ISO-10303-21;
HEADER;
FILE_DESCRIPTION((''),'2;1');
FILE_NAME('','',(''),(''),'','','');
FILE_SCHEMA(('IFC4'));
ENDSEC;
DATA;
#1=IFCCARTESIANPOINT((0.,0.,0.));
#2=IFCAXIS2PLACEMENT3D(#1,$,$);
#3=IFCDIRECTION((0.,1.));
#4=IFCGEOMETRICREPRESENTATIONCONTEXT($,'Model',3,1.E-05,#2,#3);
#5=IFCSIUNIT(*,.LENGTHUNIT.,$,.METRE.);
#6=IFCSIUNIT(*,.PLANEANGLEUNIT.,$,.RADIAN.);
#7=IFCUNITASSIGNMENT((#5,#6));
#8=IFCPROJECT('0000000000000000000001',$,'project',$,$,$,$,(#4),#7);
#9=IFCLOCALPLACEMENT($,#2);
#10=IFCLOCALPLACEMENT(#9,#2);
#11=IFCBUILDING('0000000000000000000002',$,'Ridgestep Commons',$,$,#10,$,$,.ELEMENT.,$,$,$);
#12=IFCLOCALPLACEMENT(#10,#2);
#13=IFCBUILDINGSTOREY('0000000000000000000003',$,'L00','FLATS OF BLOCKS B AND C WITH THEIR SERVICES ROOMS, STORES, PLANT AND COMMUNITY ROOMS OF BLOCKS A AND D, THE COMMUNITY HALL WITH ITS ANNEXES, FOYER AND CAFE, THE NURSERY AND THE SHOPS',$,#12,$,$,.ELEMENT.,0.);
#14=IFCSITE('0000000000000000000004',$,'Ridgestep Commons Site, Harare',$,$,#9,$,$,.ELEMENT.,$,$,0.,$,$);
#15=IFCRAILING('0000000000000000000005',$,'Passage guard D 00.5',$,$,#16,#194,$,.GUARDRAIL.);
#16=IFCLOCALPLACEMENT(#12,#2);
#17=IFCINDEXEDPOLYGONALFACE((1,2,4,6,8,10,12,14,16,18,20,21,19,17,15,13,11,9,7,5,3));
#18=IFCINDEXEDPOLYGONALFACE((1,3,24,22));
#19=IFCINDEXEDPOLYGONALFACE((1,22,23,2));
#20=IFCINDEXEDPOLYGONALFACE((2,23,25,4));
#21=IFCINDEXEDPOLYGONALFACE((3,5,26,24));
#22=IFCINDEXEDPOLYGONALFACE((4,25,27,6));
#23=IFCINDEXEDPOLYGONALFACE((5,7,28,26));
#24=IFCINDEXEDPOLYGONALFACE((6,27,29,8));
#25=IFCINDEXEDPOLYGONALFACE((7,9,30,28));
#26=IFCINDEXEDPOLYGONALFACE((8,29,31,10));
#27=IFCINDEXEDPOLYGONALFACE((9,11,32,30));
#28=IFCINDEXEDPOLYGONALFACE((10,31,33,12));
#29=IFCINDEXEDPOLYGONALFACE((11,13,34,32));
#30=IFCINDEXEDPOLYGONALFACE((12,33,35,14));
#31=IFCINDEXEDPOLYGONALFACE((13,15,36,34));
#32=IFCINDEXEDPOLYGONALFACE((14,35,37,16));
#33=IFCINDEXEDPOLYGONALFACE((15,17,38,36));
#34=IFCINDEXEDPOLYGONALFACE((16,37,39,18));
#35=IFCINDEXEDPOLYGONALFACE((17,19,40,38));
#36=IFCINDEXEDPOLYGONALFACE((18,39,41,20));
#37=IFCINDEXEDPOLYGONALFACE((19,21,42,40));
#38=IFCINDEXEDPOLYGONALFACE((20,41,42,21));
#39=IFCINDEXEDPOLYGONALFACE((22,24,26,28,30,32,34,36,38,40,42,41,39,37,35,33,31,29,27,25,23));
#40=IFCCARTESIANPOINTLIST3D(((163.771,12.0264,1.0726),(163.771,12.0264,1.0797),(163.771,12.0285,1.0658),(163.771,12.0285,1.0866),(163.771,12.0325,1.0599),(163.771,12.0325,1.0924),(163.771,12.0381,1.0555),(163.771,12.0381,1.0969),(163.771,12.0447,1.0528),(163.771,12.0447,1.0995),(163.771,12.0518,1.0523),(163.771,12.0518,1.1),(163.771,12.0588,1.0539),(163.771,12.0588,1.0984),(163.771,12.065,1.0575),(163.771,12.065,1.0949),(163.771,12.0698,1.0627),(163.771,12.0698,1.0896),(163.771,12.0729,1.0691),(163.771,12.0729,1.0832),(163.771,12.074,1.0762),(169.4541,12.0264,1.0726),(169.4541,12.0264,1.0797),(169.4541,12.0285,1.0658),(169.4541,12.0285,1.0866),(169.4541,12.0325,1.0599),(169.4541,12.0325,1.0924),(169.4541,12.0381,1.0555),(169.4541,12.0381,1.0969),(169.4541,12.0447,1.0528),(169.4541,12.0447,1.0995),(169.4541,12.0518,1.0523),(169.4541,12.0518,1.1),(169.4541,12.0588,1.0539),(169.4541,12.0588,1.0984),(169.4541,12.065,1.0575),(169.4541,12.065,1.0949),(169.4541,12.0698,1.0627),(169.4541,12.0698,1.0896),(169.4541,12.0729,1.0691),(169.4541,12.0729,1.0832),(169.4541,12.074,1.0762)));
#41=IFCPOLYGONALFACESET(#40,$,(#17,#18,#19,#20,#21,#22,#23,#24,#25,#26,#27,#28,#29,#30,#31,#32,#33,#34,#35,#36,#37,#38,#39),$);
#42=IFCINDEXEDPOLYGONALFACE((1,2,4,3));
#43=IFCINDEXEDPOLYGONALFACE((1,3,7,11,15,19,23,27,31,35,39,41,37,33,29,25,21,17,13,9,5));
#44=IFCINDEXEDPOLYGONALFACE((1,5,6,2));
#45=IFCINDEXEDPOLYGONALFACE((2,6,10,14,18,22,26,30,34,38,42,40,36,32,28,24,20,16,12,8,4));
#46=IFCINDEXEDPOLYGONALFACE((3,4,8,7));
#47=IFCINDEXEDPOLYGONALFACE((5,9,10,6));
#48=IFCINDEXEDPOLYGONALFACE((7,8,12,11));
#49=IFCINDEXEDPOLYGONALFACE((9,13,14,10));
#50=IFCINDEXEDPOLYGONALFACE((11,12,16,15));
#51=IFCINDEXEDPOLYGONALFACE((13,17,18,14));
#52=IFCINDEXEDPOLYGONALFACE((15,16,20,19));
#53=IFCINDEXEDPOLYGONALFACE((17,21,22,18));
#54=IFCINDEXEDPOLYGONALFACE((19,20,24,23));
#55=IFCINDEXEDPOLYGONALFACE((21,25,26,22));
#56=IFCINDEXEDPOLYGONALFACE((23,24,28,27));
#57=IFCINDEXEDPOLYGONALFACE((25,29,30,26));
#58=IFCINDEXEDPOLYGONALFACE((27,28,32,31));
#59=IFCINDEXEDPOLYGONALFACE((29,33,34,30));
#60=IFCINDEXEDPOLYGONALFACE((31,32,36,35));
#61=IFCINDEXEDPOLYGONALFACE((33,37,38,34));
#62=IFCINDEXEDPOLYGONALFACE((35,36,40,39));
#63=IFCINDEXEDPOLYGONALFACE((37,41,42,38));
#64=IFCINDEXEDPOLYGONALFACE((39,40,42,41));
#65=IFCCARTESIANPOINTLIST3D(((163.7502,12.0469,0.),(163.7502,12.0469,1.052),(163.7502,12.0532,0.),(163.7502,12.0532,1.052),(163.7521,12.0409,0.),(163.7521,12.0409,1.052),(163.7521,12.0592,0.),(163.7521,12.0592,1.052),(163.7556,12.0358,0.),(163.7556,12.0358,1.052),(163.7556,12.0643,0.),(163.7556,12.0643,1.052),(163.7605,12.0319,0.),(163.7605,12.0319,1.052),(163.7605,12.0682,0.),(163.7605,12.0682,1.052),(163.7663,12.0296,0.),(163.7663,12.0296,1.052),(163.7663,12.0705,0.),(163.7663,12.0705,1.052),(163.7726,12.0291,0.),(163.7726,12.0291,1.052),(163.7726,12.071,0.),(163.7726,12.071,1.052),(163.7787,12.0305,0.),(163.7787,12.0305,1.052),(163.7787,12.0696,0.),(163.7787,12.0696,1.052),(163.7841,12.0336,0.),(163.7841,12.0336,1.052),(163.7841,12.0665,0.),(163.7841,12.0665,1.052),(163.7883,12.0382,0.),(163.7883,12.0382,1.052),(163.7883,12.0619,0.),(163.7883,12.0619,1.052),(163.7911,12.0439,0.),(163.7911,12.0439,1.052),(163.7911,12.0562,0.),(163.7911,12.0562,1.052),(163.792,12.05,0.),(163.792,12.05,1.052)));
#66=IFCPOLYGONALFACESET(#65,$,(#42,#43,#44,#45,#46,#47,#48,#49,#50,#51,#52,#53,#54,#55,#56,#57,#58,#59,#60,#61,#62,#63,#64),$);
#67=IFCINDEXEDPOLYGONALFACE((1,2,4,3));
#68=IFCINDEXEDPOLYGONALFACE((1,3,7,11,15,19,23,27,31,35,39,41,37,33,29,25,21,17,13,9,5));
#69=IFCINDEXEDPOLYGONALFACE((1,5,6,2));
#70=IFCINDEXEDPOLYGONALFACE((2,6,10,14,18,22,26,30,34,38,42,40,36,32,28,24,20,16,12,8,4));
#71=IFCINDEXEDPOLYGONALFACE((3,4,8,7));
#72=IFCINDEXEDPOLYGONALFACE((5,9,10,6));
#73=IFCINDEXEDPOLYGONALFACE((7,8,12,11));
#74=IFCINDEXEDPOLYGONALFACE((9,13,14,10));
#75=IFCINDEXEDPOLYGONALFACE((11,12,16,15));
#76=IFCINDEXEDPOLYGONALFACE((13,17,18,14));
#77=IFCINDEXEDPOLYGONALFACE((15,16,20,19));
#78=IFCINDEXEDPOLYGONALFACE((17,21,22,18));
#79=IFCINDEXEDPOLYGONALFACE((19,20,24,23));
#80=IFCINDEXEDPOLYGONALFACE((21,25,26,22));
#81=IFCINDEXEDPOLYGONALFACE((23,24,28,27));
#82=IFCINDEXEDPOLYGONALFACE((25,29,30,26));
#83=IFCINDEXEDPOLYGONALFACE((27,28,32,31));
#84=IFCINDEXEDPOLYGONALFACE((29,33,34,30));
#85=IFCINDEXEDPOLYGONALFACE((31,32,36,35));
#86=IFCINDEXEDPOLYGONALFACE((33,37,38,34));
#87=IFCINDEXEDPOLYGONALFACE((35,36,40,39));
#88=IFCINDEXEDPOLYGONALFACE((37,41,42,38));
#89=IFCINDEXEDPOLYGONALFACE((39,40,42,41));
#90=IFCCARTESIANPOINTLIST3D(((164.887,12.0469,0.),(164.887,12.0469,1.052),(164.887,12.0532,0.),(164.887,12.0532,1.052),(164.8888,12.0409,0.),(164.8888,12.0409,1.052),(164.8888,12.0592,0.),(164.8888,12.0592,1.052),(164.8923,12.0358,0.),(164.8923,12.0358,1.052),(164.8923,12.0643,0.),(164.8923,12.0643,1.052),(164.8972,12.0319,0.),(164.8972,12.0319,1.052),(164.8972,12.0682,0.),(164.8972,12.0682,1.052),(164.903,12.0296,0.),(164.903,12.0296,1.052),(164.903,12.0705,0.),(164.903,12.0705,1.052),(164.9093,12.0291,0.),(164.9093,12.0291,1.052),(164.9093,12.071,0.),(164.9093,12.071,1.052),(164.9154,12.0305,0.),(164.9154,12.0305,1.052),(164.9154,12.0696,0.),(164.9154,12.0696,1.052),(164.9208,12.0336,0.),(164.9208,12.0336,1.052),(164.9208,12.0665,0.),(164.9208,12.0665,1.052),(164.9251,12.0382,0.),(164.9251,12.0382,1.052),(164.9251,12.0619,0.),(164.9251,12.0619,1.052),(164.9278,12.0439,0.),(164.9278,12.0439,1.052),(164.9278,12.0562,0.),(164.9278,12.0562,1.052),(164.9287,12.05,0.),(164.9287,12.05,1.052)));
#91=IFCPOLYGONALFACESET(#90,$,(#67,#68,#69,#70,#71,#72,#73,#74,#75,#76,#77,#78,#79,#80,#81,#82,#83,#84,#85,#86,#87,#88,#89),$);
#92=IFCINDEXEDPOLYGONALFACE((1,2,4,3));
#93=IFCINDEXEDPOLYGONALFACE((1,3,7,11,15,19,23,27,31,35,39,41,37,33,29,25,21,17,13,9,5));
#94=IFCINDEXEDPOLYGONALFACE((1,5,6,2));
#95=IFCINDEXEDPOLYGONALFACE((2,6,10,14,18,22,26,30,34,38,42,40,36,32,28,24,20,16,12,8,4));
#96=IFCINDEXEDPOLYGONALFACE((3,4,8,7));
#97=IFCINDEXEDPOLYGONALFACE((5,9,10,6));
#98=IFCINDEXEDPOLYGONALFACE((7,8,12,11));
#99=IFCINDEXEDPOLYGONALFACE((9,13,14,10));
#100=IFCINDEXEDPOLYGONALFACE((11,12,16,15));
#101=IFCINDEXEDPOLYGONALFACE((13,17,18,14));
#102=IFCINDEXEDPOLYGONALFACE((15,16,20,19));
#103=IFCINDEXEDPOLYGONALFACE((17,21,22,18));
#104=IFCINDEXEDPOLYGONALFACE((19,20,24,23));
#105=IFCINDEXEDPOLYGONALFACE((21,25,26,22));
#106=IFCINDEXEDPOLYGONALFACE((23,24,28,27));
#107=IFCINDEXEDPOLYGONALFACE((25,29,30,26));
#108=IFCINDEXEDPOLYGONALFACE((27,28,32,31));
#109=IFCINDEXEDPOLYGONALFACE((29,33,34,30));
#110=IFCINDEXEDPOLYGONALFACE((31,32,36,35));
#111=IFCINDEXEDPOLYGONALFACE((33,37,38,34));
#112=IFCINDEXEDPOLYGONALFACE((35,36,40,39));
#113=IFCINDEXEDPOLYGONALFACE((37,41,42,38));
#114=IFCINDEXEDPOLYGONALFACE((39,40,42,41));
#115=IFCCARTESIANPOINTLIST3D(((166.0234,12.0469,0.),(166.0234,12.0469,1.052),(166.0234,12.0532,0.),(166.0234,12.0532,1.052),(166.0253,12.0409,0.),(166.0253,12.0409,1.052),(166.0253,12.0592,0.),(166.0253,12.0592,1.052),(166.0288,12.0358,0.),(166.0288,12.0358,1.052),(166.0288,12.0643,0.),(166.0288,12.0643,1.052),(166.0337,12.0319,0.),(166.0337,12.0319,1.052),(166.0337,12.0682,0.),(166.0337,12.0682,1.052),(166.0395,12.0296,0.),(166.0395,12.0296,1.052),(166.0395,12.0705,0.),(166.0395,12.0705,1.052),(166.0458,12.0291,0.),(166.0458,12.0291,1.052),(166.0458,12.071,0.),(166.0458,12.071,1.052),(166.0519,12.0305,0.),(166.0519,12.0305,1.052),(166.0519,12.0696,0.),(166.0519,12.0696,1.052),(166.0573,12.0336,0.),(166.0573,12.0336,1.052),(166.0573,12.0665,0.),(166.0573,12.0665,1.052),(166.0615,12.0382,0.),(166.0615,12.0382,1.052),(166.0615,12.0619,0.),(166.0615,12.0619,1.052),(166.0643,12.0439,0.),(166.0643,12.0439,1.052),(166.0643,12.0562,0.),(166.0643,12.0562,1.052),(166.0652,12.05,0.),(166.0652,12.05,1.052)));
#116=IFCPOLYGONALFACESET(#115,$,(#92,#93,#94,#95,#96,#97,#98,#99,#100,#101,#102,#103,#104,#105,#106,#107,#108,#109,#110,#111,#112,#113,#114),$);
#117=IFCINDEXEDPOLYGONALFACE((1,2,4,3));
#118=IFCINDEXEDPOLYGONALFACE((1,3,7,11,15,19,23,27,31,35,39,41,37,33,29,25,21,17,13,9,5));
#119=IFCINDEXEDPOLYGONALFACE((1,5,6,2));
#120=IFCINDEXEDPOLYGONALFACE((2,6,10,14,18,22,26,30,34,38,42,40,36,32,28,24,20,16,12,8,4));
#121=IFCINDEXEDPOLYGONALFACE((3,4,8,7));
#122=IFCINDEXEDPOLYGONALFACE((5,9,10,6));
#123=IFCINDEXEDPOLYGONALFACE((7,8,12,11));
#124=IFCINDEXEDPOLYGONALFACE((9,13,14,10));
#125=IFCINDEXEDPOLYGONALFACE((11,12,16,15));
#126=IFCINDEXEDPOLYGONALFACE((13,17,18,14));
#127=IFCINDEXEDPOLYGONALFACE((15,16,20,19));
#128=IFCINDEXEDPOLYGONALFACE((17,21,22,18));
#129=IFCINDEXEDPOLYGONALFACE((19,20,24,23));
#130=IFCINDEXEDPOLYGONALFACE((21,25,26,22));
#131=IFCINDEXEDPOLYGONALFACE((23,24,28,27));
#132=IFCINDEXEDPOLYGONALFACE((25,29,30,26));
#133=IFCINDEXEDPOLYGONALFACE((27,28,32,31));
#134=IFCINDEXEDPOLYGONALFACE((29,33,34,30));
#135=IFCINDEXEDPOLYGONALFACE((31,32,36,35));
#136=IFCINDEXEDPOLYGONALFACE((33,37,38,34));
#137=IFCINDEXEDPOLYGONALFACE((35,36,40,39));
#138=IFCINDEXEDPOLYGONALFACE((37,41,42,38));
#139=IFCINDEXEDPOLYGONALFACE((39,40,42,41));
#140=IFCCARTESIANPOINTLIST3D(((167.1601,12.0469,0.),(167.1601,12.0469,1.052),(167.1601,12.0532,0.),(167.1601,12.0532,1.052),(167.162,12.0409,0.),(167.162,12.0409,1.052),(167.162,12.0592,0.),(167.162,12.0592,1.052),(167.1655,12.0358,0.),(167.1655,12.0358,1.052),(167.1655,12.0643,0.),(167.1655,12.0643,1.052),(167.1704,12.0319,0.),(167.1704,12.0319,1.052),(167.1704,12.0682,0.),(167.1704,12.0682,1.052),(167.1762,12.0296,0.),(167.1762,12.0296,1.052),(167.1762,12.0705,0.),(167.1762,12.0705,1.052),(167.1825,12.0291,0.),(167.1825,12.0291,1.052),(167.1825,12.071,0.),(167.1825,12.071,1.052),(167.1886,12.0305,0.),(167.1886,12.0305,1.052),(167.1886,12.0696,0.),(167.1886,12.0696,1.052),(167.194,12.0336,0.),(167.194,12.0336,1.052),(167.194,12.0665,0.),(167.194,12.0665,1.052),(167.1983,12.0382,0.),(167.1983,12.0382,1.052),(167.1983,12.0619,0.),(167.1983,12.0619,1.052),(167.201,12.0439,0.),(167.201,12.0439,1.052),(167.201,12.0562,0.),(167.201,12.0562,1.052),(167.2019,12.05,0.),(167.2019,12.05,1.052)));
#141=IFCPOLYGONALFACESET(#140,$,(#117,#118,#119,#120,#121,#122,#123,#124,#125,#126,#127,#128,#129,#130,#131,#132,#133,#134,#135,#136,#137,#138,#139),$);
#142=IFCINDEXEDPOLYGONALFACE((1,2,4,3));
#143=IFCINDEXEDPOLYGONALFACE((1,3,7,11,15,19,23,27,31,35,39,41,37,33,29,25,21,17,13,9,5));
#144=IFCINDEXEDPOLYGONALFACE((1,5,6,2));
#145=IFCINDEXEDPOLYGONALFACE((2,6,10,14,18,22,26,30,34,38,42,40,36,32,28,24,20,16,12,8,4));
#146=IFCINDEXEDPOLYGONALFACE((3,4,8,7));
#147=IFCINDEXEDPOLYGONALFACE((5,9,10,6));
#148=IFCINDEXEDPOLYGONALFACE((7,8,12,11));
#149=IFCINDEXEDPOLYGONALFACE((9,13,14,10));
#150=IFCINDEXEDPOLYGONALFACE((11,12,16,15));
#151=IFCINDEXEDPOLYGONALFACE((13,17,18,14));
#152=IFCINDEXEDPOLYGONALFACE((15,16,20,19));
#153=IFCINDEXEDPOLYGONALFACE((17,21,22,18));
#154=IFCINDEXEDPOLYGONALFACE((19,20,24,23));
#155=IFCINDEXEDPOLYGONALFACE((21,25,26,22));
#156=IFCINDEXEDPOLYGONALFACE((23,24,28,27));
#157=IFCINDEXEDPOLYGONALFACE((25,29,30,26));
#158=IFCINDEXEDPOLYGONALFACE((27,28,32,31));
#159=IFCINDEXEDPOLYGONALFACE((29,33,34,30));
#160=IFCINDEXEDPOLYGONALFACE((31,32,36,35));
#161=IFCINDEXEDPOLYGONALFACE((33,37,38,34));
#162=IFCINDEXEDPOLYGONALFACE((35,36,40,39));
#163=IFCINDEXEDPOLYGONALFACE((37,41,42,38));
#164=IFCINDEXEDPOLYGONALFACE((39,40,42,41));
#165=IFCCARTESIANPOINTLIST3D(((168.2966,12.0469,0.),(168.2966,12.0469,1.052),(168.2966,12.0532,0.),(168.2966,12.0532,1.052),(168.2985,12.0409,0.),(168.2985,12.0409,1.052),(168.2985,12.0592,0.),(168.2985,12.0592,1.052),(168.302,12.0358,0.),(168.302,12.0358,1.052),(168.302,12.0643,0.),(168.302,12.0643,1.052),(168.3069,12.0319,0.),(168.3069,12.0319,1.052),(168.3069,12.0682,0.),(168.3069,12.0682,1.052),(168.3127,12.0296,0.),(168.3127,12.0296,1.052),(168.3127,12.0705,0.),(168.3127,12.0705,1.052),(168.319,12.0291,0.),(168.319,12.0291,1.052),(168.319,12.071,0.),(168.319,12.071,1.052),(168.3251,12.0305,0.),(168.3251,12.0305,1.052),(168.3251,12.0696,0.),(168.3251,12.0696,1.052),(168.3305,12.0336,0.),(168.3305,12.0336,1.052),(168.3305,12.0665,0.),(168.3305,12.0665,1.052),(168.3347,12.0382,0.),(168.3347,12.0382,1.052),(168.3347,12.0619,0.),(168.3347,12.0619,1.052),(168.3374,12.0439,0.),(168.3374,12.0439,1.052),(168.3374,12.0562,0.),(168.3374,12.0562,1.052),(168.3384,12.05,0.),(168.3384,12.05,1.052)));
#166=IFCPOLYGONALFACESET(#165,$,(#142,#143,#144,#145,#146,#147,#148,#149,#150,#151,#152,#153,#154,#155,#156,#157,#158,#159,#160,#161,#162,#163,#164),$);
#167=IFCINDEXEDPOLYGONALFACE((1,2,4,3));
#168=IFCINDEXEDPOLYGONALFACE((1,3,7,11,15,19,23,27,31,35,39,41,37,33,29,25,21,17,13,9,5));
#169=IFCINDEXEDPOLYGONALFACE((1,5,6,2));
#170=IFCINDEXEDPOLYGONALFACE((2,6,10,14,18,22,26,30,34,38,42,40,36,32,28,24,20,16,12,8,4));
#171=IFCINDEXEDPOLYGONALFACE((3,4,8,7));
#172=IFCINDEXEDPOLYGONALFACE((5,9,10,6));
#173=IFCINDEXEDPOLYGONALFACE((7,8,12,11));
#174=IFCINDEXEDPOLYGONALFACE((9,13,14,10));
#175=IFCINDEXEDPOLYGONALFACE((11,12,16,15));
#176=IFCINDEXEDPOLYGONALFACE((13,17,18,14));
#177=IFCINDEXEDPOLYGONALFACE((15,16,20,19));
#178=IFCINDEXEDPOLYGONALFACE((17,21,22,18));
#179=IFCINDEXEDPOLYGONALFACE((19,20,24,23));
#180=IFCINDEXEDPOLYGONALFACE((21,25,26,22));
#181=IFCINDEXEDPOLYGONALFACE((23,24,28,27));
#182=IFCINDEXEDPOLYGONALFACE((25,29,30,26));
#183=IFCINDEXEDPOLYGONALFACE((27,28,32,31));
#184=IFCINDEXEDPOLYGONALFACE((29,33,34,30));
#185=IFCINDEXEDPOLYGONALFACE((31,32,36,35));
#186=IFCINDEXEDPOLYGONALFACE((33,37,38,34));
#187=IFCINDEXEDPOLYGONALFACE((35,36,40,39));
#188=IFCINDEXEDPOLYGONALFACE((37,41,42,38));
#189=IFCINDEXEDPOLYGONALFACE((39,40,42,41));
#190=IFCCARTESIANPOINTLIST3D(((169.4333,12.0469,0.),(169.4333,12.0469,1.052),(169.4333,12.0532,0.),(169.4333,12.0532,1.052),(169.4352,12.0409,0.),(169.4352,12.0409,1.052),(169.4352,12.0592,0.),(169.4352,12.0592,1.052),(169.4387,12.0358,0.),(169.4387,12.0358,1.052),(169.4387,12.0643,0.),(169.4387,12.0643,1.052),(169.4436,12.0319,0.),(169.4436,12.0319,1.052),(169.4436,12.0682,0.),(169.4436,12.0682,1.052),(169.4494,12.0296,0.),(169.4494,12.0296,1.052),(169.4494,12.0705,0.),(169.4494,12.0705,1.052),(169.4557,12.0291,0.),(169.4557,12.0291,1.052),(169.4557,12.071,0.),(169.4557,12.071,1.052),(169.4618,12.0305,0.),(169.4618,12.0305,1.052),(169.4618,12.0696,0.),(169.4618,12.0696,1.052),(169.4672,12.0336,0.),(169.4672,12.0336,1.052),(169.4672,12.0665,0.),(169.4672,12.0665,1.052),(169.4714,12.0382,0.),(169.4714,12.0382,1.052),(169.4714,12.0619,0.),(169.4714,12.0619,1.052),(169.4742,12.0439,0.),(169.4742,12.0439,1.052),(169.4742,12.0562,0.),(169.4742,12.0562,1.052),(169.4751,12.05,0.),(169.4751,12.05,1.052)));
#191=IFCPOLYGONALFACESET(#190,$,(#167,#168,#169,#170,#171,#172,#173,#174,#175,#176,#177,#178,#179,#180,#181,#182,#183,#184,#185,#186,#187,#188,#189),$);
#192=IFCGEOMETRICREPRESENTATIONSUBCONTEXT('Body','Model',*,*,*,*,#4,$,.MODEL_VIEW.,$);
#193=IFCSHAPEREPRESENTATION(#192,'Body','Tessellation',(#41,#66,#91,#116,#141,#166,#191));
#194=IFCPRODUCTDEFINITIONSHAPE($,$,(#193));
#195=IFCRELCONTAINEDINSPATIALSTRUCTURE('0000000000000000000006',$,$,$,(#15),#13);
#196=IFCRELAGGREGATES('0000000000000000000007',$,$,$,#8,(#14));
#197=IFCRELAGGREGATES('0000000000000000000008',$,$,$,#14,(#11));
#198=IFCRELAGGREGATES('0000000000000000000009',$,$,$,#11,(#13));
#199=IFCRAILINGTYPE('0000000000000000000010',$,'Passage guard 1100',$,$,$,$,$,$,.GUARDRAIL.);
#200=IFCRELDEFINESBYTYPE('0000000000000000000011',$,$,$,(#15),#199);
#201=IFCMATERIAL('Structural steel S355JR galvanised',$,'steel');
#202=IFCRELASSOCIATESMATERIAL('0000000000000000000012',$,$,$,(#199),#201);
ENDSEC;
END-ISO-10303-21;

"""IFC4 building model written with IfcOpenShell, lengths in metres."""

from ifc_helpers import new_model, si_unit, direction, frame, origin, origin_2d, place, context, subcontext, project, spatial, circle, extrude, material, type_object, element, save


model = new_model("IFC4")

# Units and contexts
model_context = context("Model", 3, precision=1e-05, world=origin(), true_north=direction((0.0, 1.0)))
body_context = subcontext(model_context, "Body", "Model", "MODEL_VIEW")
ifc_project = project(units=[si_unit("LENGTHUNIT", "METRE"), si_unit("PLANEANGLEUNIT", "RADIAN")], contexts=[model_context])

# Site, building, storey
site_placement = place(None, origin())
site = spatial("IfcSite", under=ifc_project, at=site_placement, Name="Ridgestep Commons Site, Harare", CompositionType="ELEMENT", RefElevation=0.0)
building_placement = place(site_placement, origin())
building = spatial("IfcBuilding", under=site, at=building_placement, Name="Ridgestep Commons", CompositionType="ELEMENT")
storey_placement = place(building_placement, origin())
storey = spatial("IfcBuildingStorey", under=building, at=storey_placement, Name="L00", Description="FLATS OF BLOCKS B AND C WITH THEIR SERVICES ROOMS, STORES, PLANT AND COMMUNITY ROOMS OF BLOCKS A AND D, THE COMMUNITY HALL WITH ITS ANNEXES, FOYER AND CAFE, THE NURSERY AND THE SHOPS", CompositionType="ELEMENT", Elevation=0.0)

# Railing
ifc_material_1 = material(Name="Structural steel S355JR galvanised", Category="steel")
railing_type_1 = type_object("IfcRailingType", Name="Passage guard 1100", PredefinedType="GUARDRAIL", material=ifc_material_1)
railing_1_placement = place(storey_placement, frame((163.771, 12.05, 0.0)))
element("IfcRailing", 1, at=railing_1_placement, inside=storey, type_object=railing_type_1, Name="Passage guard D 00.5", PredefinedType="GUARDRAIL", context=body_context, shape_type="SweptSolid", body=[
    extrude(circle(Radius=0.0239, at=origin_2d()), frame((0.0, 0.0, 1.0762), z_axis=(1.0, 0.0, 0.0), x_axis=(0.0, 1.0, 0.0)), (0.0, 0.0, 1.0), 5.6831),
    extrude(circle(Radius=0.021, at=origin_2d()), origin(), (0.0, 0.0, 1.0), 1.052),
    extrude(circle(Radius=0.021, at=origin_2d()), frame((1.1367, 0.0, 0.0)), (0.0, 0.0, 1.0), 1.052),
    extrude(circle(Radius=0.021, at=origin_2d()), frame((2.2732, 0.0, 0.0)), (0.0, 0.0, 1.0), 1.052),
    extrude(circle(Radius=0.021, at=origin_2d()), frame((3.4099, 0.0, 0.0)), (0.0, 0.0, 1.0), 1.052),
    extrude(circle(Radius=0.021, at=origin_2d()), frame((4.5464, 0.0, 0.0)), (0.0, 0.0, 1.0), 1.052),
    extrude(circle(Radius=0.021, at=origin_2d()), frame((5.6831, 0.0, 0.0)), (0.0, 0.0, 1.0), 1.052),
])

save(model, "model.ifc")
